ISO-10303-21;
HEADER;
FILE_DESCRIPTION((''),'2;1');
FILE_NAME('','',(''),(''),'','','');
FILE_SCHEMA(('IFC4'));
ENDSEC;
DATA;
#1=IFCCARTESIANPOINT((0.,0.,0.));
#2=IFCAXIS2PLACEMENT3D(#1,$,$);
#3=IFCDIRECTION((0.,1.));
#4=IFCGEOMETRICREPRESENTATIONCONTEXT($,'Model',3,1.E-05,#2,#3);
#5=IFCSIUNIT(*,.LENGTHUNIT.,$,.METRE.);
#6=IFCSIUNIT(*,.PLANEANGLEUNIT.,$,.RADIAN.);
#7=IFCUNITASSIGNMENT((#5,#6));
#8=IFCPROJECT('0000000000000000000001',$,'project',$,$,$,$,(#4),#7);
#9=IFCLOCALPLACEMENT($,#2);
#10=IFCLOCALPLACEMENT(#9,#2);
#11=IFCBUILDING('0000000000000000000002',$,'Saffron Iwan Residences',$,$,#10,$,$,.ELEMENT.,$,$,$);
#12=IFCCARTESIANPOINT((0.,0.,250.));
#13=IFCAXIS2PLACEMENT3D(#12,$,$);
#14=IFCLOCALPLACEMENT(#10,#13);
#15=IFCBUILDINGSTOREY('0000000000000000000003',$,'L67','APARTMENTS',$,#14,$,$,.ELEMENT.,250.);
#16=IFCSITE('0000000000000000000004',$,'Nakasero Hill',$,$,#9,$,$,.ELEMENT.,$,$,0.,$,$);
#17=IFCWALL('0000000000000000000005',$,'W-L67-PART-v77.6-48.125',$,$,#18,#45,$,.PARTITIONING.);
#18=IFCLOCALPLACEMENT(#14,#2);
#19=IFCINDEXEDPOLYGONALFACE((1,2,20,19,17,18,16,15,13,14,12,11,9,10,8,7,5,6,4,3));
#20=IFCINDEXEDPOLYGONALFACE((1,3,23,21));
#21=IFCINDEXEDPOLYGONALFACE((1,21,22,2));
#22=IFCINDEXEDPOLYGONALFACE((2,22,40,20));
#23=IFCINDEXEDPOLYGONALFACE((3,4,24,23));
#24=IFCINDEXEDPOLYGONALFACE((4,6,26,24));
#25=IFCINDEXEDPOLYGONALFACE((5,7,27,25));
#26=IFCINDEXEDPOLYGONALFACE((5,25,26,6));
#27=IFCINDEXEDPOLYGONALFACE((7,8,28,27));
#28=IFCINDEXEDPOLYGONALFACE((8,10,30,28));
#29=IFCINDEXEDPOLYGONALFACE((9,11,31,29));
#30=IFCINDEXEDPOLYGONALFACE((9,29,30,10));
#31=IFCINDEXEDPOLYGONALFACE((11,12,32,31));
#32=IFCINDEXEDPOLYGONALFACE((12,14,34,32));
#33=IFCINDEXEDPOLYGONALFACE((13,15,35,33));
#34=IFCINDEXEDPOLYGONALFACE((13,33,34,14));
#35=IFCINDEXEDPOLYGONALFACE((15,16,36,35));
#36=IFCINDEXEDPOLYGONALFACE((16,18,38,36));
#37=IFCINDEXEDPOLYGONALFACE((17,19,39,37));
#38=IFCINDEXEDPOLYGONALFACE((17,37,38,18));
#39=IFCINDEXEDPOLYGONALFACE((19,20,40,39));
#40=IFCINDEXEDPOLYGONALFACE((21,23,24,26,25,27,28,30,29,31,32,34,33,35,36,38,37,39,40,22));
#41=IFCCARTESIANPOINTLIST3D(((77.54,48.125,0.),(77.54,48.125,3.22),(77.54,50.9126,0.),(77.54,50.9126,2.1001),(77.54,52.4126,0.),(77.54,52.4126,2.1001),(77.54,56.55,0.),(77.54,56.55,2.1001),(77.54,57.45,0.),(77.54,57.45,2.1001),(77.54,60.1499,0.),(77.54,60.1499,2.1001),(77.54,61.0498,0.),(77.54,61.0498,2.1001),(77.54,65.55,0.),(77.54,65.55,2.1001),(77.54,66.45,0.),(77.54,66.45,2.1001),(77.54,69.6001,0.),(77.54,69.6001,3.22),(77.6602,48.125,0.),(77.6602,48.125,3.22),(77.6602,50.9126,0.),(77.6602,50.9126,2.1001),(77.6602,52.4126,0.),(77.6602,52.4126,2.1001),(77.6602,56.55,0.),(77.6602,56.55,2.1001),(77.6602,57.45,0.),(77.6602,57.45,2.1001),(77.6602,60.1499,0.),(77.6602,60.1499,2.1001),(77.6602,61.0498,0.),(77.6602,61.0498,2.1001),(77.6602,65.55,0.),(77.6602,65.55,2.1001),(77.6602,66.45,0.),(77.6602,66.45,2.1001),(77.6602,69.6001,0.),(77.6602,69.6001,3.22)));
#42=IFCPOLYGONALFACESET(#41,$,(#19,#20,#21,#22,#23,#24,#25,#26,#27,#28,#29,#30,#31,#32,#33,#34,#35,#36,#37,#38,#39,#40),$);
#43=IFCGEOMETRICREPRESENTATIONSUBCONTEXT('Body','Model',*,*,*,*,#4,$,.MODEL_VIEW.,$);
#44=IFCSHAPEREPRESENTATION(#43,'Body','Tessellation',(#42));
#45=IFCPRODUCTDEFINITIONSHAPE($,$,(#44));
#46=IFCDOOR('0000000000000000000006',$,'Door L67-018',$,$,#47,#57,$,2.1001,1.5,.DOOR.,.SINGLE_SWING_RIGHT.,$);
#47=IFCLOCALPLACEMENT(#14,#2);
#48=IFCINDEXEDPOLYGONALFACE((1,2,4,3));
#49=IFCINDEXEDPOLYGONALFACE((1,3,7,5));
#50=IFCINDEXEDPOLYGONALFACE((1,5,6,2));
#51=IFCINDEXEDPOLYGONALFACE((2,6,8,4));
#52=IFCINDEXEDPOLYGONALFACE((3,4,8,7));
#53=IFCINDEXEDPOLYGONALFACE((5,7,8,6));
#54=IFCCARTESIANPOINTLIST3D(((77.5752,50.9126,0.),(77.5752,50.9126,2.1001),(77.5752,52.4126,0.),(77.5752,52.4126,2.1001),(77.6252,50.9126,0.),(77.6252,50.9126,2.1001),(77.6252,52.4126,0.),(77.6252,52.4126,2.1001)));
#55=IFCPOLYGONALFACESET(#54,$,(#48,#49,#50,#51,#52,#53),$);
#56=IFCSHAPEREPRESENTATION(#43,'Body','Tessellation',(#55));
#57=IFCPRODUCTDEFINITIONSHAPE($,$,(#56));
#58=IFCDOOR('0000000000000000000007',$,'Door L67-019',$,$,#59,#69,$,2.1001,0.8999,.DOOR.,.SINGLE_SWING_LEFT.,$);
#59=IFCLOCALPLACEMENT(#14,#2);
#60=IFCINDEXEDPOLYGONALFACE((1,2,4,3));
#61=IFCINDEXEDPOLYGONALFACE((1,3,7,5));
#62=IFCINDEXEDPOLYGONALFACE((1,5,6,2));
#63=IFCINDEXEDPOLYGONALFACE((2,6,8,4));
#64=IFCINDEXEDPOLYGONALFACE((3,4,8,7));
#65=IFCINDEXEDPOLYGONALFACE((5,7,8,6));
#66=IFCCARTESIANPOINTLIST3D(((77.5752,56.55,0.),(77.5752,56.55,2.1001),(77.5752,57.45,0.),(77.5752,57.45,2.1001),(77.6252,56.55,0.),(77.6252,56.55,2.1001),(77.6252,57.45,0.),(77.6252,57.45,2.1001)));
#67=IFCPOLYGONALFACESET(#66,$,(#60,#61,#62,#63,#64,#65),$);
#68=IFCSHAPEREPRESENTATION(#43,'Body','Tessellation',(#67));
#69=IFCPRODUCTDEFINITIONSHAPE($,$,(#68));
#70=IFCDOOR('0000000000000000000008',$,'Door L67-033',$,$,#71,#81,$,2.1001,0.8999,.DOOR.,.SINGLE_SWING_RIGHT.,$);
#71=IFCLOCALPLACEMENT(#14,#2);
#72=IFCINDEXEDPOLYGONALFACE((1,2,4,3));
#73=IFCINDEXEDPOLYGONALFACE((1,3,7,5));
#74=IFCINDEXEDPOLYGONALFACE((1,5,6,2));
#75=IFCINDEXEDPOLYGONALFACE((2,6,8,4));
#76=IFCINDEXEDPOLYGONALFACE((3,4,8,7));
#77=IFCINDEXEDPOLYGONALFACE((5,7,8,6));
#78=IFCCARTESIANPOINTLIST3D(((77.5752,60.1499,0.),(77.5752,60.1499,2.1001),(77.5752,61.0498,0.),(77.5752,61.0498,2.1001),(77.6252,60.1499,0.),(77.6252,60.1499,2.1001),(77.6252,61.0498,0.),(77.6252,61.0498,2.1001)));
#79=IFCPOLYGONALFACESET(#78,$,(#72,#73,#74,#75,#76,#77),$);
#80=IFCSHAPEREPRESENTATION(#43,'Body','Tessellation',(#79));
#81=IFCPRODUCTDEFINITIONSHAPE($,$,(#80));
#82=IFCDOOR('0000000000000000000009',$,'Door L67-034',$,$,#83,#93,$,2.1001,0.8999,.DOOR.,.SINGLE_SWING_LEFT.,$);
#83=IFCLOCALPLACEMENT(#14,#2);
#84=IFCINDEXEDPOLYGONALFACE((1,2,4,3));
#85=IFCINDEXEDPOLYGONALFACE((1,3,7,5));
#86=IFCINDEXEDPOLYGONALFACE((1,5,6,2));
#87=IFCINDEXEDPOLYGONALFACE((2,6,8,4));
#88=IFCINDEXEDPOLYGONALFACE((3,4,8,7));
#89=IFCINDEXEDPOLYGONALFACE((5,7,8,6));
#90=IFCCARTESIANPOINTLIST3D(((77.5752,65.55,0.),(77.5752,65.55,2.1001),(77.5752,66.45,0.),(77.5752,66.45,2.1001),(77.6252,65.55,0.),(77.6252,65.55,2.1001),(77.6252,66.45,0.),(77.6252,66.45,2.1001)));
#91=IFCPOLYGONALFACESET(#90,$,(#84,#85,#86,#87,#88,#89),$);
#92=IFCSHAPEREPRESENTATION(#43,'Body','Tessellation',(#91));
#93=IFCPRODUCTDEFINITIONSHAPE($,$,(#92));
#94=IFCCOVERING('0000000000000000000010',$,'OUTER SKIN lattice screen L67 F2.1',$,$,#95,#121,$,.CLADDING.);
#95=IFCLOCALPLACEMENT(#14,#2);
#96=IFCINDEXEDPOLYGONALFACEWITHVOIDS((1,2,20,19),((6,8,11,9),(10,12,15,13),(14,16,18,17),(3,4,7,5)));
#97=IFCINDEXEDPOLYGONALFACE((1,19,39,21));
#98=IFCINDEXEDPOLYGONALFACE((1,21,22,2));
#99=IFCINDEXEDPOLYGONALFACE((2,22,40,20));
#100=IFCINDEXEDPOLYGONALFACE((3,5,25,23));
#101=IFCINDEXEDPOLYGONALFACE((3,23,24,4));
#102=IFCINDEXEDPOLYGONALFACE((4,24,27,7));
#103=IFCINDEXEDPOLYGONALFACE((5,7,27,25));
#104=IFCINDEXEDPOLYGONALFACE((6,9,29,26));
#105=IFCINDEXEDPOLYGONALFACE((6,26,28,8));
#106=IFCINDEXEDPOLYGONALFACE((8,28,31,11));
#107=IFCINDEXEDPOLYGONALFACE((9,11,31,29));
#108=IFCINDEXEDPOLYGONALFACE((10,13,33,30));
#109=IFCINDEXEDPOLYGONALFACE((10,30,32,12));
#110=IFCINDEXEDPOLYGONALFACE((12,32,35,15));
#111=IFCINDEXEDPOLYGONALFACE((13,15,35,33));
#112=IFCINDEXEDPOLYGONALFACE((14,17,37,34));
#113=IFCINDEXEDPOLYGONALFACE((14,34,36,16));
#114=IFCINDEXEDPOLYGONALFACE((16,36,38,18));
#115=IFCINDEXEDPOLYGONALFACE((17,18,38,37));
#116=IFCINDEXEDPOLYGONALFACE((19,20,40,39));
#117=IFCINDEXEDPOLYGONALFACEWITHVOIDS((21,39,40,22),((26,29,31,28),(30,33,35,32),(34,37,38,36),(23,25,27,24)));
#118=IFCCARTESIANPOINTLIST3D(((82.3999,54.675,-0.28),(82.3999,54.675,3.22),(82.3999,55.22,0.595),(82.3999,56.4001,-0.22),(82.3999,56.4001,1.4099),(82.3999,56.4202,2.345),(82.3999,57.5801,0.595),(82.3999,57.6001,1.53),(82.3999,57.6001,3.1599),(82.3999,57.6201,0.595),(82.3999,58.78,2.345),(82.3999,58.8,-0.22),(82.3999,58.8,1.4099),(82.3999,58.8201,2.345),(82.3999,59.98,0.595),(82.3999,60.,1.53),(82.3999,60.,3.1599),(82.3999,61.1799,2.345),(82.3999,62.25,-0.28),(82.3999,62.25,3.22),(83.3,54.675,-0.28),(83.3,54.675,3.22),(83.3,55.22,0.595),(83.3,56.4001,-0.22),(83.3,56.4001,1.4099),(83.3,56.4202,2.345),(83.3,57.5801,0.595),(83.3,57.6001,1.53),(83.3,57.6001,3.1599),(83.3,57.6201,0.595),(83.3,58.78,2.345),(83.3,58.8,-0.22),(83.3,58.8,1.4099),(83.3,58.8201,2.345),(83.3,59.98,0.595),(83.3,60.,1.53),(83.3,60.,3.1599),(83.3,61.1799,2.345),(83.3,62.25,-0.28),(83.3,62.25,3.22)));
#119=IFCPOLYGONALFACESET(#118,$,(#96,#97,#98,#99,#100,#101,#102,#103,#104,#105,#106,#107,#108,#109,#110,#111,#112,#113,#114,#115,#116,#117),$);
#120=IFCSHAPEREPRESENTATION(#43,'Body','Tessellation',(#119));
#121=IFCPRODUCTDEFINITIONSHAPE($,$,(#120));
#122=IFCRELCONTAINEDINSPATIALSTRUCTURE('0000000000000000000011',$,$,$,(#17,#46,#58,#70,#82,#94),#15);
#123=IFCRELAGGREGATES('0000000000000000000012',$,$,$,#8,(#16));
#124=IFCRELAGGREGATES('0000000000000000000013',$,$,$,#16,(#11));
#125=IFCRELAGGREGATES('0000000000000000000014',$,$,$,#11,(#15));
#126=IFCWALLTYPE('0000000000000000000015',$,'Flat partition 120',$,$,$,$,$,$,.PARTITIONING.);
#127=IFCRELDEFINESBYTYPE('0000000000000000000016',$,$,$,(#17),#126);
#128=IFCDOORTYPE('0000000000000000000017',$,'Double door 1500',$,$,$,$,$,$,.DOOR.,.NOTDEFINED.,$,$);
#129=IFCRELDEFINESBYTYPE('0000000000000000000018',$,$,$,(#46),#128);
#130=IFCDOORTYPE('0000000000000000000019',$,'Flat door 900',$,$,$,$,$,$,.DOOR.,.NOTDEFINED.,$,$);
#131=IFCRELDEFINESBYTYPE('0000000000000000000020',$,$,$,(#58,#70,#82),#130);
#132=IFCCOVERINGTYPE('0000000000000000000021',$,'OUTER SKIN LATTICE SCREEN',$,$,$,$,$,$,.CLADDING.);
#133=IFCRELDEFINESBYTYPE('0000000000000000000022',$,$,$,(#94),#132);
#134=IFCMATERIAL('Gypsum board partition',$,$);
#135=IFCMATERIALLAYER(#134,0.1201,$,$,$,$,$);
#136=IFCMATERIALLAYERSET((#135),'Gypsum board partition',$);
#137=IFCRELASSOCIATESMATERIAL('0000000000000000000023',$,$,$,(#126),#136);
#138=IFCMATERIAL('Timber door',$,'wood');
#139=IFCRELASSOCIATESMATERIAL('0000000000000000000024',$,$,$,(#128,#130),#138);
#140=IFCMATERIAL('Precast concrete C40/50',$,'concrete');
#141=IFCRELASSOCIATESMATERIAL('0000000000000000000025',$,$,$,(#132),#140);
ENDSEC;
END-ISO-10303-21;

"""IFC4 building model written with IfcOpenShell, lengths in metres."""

from ifc_helpers import new_model, si_unit, direction, frame, frame_2d, origin, place, context, subcontext, project, spatial, polyline, rectangle, outline, extrude, material, layer, layer_set, type_object, element, fill, save


model = new_model("IFC4")

# Units and contexts
model_context = context("Model", 3, precision=1e-05, world=origin(), true_north=direction((0.0, 1.0)))
body_context = subcontext(model_context, "Body", "Model", "MODEL_VIEW")
ifc_project = project(units=[si_unit("LENGTHUNIT", "METRE"), si_unit("PLANEANGLEUNIT", "RADIAN")], contexts=[model_context])

# Site, building, storey
site_placement = place(None, origin())
site = spatial("IfcSite", under=ifc_project, at=site_placement, Name="Nakasero Hill", CompositionType="ELEMENT", RefElevation=0.0)
building_placement = place(site_placement, origin())
building = spatial("IfcBuilding", under=site, at=building_placement, Name="Saffron Iwan Residences", CompositionType="ELEMENT")
storey_placement = place(building_placement, frame((0.0, 0.0, 250.0)))
storey = spatial("IfcBuildingStorey", under=building, at=storey_placement, Name="L67", Description="APARTMENTS", CompositionType="ELEMENT", Elevation=250.0)

# Shared definitions
ifc_material_1 = material(Name="Gypsum board partition")
ifc_layer_1 = layer(ifc_material_1, 0.1201)
ifc_layer_set_1 = layer_set([ifc_layer_1], Name="Gypsum board partition")
wall_type_1 = type_object("IfcWallType", Name="Flat partition 120", PredefinedType="PARTITIONING", material=ifc_layer_set_1)

# Wall, openings, doors
wall_1_placement = place(storey_placement, frame((77.6001, 48.125, 0.0), z_axis=(0.0, 0.0, 1.0), x_axis=(0.0, 1.0, 0.0)))
wall_1 = element("IfcWall", 1, at=wall_1_placement, inside=storey, type_object=wall_type_1, Name="W-L67-PART-v77.6-48.125", PredefinedType="PARTITIONING", context=body_context, shape_type="SweptSolid", body=[
    extrude(rectangle(XDim=21.4751, YDim=0.1201, at=frame_2d((10.7375, 0.0))), origin(), (0.0, 0.0, 1.0), 3.22),
])
opening_1_placement = place(wall_1_placement, frame((2.7876, 0.0, 0.0)))
opening_1 = element("IfcOpeningElement", 2, at=opening_1_placement, cuts=wall_1, PredefinedType="OPENING", context=body_context, shape_type="SweptSolid", body=[
    extrude(rectangle(XDim=1.5, YDim=2.1001, at=frame_2d((0.75, 1.05))), frame((0.0, 0.0701, 0.0), z_axis=(0.0, -1.0, 0.0), x_axis=(1.0, 0.0, 0.0)), (0.0, 0.0, 1.0), 0.1401),
])
opening_2_placement = place(wall_1_placement, frame((8.425, 0.0, 0.0)))
opening_2 = element("IfcOpeningElement", 3, at=opening_2_placement, cuts=wall_1, PredefinedType="OPENING", context=body_context, shape_type="SweptSolid", body=[
    extrude(rectangle(XDim=0.8999, YDim=2.1001, at=frame_2d((0.45, 1.05))), frame((0.0, 0.0701, 0.0), z_axis=(0.0, -1.0, 0.0), x_axis=(1.0, 0.0, 0.0)), (0.0, 0.0, 1.0), 0.1401),
])
opening_3_placement = place(wall_1_placement, frame((12.0249, 0.0, 0.0)))
opening_3 = element("IfcOpeningElement", 4, at=opening_3_placement, cuts=wall_1, PredefinedType="OPENING", context=body_context, shape_type="SweptSolid", body=[
    extrude(rectangle(XDim=0.8999, YDim=2.1001, at=frame_2d((0.45, 1.05))), frame((0.0, 0.0701, 0.0), z_axis=(0.0, -1.0, 0.0), x_axis=(1.0, 0.0, 0.0)), (0.0, 0.0, 1.0), 0.1401),
])
opening_4_placement = place(wall_1_placement, frame((17.425, 0.0, 0.0)))
opening_4 = element("IfcOpeningElement", 5, at=opening_4_placement, cuts=wall_1, PredefinedType="OPENING", context=body_context, shape_type="SweptSolid", body=[
    extrude(rectangle(XDim=0.8999, YDim=2.1001, at=frame_2d((0.45, 1.05))), frame((0.0, 0.0701, 0.0), z_axis=(0.0, -1.0, 0.0), x_axis=(1.0, 0.0, 0.0)), (0.0, 0.0, 1.0), 0.1401),
])
ifc_material_2 = material(Name="Timber door", Category="wood")
door_type_1 = type_object("IfcDoorType", Name="Double door 1500", OperationType="NOTDEFINED", PredefinedType="DOOR", material=ifc_material_2)
door_1_placement = place(opening_1_placement, origin())
door_1 = element("IfcDoor", 6, at=door_1_placement, inside=storey, type_object=door_type_1, Name="Door L67-018", OperationType="SINGLE_SWING_RIGHT", OverallHeight=2.1001, OverallWidth=1.5, PredefinedType="DOOR", context=body_context, shape_type="SweptSolid", body=[
    extrude(rectangle(XDim=1.5, YDim=2.1001, at=frame_2d((0.75, 1.05))), frame((0.0, 0.0249, 0.0), z_axis=(0.0, -1.0, 0.0), x_axis=(1.0, 0.0, 0.0)), (0.0, 0.0, 1.0), 0.05),
])
fill(opening_1, door_1)
door_type_2 = type_object("IfcDoorType", Name="Flat door 900", OperationType="NOTDEFINED", PredefinedType="DOOR", material=ifc_material_2)
door_2_placement = place(opening_2_placement, origin())
door_2 = element("IfcDoor", 7, at=door_2_placement, inside=storey, type_object=door_type_2, Name="Door L67-019", OperationType="SINGLE_SWING_LEFT", OverallHeight=2.1001, OverallWidth=0.8999, PredefinedType="DOOR", context=body_context, shape_type="SweptSolid", body=[
    extrude(rectangle(XDim=0.8999, YDim=2.1001, at=frame_2d((0.45, 1.05))), frame((0.0, 0.0249, 0.0), z_axis=(0.0, -1.0, 0.0), x_axis=(1.0, 0.0, 0.0)), (0.0, 0.0, 1.0), 0.05),
])
fill(opening_2, door_2)
door_3_placement = place(opening_3_placement, origin())
door_3 = element("IfcDoor", 8, at=door_3_placement, inside=storey, type_object=door_type_2, Name="Door L67-033", OperationType="SINGLE_SWING_RIGHT", OverallHeight=2.1001, OverallWidth=0.8999, PredefinedType="DOOR", context=body_context, shape_type="SweptSolid", body=[
    extrude(rectangle(XDim=0.8999, YDim=2.1001, at=frame_2d((0.45, 1.05))), frame((0.0, 0.0249, 0.0), z_axis=(0.0, -1.0, 0.0), x_axis=(1.0, 0.0, 0.0)), (0.0, 0.0, 1.0), 0.05),
])
fill(opening_3, door_3)
door_4_placement = place(opening_4_placement, origin())
door_4 = element("IfcDoor", 9, at=door_4_placement, inside=storey, type_object=door_type_2, Name="Door L67-034", OperationType="SINGLE_SWING_LEFT", OverallHeight=2.1001, OverallWidth=0.8999, PredefinedType="DOOR", context=body_context, shape_type="SweptSolid", body=[
    extrude(rectangle(XDim=0.8999, YDim=2.1001, at=frame_2d((0.45, 1.05))), frame((0.0, 0.0249, 0.0), z_axis=(0.0, -1.0, 0.0), x_axis=(1.0, 0.0, 0.0)), (0.0, 0.0, 1.0), 0.05),
])
fill(opening_4, door_4)

# Covering
ifc_material_3 = material(Name="Precast concrete C40/50", Category="concrete")
covering_type = type_object("IfcCoveringType", Name="OUTER SKIN LATTICE SCREEN", PredefinedType="CLADDING", material=ifc_material_3)
covering_placement = place(storey_placement, frame((82.3999, 54.675, -0.28), z_axis=(1.0, 0.0, 0.0), x_axis=(0.0, 1.0, 0.0)))
element("IfcCovering", 10, at=covering_placement, inside=storey, type_object=covering_type, Name="OUTER SKIN lattice screen L67 F2.1", PredefinedType="CLADDING", context=body_context, shape_type="SweptSolid", body=[
    extrude(outline(polyline([(0.0, 0.0), (7.575, 0.0), (7.575, 3.5), (0.0, 3.5), (0.0, 0.0)]), holes=[polyline([(0.5449, 0.875), (1.7251, 0.0601), (2.905, 0.875), (1.7251, 1.6899), (0.5449, 0.875)]), polyline([(2.9451, 0.875), (4.125, 0.0601), (5.3049, 0.875), (4.125, 1.6899), (2.9451, 0.875)]), polyline([(1.7451, 2.625), (2.925, 1.8101), (4.105, 2.625), (2.925, 3.4399), (1.7451, 2.625)]), polyline([(4.145, 2.625), (5.325, 1.8101), (6.5049, 2.625), (5.325, 3.4399), (4.145, 2.625)])]), origin(), (0.0, 0.0, 1.0), 0.9001),
])

save(model, "model.ifc")
